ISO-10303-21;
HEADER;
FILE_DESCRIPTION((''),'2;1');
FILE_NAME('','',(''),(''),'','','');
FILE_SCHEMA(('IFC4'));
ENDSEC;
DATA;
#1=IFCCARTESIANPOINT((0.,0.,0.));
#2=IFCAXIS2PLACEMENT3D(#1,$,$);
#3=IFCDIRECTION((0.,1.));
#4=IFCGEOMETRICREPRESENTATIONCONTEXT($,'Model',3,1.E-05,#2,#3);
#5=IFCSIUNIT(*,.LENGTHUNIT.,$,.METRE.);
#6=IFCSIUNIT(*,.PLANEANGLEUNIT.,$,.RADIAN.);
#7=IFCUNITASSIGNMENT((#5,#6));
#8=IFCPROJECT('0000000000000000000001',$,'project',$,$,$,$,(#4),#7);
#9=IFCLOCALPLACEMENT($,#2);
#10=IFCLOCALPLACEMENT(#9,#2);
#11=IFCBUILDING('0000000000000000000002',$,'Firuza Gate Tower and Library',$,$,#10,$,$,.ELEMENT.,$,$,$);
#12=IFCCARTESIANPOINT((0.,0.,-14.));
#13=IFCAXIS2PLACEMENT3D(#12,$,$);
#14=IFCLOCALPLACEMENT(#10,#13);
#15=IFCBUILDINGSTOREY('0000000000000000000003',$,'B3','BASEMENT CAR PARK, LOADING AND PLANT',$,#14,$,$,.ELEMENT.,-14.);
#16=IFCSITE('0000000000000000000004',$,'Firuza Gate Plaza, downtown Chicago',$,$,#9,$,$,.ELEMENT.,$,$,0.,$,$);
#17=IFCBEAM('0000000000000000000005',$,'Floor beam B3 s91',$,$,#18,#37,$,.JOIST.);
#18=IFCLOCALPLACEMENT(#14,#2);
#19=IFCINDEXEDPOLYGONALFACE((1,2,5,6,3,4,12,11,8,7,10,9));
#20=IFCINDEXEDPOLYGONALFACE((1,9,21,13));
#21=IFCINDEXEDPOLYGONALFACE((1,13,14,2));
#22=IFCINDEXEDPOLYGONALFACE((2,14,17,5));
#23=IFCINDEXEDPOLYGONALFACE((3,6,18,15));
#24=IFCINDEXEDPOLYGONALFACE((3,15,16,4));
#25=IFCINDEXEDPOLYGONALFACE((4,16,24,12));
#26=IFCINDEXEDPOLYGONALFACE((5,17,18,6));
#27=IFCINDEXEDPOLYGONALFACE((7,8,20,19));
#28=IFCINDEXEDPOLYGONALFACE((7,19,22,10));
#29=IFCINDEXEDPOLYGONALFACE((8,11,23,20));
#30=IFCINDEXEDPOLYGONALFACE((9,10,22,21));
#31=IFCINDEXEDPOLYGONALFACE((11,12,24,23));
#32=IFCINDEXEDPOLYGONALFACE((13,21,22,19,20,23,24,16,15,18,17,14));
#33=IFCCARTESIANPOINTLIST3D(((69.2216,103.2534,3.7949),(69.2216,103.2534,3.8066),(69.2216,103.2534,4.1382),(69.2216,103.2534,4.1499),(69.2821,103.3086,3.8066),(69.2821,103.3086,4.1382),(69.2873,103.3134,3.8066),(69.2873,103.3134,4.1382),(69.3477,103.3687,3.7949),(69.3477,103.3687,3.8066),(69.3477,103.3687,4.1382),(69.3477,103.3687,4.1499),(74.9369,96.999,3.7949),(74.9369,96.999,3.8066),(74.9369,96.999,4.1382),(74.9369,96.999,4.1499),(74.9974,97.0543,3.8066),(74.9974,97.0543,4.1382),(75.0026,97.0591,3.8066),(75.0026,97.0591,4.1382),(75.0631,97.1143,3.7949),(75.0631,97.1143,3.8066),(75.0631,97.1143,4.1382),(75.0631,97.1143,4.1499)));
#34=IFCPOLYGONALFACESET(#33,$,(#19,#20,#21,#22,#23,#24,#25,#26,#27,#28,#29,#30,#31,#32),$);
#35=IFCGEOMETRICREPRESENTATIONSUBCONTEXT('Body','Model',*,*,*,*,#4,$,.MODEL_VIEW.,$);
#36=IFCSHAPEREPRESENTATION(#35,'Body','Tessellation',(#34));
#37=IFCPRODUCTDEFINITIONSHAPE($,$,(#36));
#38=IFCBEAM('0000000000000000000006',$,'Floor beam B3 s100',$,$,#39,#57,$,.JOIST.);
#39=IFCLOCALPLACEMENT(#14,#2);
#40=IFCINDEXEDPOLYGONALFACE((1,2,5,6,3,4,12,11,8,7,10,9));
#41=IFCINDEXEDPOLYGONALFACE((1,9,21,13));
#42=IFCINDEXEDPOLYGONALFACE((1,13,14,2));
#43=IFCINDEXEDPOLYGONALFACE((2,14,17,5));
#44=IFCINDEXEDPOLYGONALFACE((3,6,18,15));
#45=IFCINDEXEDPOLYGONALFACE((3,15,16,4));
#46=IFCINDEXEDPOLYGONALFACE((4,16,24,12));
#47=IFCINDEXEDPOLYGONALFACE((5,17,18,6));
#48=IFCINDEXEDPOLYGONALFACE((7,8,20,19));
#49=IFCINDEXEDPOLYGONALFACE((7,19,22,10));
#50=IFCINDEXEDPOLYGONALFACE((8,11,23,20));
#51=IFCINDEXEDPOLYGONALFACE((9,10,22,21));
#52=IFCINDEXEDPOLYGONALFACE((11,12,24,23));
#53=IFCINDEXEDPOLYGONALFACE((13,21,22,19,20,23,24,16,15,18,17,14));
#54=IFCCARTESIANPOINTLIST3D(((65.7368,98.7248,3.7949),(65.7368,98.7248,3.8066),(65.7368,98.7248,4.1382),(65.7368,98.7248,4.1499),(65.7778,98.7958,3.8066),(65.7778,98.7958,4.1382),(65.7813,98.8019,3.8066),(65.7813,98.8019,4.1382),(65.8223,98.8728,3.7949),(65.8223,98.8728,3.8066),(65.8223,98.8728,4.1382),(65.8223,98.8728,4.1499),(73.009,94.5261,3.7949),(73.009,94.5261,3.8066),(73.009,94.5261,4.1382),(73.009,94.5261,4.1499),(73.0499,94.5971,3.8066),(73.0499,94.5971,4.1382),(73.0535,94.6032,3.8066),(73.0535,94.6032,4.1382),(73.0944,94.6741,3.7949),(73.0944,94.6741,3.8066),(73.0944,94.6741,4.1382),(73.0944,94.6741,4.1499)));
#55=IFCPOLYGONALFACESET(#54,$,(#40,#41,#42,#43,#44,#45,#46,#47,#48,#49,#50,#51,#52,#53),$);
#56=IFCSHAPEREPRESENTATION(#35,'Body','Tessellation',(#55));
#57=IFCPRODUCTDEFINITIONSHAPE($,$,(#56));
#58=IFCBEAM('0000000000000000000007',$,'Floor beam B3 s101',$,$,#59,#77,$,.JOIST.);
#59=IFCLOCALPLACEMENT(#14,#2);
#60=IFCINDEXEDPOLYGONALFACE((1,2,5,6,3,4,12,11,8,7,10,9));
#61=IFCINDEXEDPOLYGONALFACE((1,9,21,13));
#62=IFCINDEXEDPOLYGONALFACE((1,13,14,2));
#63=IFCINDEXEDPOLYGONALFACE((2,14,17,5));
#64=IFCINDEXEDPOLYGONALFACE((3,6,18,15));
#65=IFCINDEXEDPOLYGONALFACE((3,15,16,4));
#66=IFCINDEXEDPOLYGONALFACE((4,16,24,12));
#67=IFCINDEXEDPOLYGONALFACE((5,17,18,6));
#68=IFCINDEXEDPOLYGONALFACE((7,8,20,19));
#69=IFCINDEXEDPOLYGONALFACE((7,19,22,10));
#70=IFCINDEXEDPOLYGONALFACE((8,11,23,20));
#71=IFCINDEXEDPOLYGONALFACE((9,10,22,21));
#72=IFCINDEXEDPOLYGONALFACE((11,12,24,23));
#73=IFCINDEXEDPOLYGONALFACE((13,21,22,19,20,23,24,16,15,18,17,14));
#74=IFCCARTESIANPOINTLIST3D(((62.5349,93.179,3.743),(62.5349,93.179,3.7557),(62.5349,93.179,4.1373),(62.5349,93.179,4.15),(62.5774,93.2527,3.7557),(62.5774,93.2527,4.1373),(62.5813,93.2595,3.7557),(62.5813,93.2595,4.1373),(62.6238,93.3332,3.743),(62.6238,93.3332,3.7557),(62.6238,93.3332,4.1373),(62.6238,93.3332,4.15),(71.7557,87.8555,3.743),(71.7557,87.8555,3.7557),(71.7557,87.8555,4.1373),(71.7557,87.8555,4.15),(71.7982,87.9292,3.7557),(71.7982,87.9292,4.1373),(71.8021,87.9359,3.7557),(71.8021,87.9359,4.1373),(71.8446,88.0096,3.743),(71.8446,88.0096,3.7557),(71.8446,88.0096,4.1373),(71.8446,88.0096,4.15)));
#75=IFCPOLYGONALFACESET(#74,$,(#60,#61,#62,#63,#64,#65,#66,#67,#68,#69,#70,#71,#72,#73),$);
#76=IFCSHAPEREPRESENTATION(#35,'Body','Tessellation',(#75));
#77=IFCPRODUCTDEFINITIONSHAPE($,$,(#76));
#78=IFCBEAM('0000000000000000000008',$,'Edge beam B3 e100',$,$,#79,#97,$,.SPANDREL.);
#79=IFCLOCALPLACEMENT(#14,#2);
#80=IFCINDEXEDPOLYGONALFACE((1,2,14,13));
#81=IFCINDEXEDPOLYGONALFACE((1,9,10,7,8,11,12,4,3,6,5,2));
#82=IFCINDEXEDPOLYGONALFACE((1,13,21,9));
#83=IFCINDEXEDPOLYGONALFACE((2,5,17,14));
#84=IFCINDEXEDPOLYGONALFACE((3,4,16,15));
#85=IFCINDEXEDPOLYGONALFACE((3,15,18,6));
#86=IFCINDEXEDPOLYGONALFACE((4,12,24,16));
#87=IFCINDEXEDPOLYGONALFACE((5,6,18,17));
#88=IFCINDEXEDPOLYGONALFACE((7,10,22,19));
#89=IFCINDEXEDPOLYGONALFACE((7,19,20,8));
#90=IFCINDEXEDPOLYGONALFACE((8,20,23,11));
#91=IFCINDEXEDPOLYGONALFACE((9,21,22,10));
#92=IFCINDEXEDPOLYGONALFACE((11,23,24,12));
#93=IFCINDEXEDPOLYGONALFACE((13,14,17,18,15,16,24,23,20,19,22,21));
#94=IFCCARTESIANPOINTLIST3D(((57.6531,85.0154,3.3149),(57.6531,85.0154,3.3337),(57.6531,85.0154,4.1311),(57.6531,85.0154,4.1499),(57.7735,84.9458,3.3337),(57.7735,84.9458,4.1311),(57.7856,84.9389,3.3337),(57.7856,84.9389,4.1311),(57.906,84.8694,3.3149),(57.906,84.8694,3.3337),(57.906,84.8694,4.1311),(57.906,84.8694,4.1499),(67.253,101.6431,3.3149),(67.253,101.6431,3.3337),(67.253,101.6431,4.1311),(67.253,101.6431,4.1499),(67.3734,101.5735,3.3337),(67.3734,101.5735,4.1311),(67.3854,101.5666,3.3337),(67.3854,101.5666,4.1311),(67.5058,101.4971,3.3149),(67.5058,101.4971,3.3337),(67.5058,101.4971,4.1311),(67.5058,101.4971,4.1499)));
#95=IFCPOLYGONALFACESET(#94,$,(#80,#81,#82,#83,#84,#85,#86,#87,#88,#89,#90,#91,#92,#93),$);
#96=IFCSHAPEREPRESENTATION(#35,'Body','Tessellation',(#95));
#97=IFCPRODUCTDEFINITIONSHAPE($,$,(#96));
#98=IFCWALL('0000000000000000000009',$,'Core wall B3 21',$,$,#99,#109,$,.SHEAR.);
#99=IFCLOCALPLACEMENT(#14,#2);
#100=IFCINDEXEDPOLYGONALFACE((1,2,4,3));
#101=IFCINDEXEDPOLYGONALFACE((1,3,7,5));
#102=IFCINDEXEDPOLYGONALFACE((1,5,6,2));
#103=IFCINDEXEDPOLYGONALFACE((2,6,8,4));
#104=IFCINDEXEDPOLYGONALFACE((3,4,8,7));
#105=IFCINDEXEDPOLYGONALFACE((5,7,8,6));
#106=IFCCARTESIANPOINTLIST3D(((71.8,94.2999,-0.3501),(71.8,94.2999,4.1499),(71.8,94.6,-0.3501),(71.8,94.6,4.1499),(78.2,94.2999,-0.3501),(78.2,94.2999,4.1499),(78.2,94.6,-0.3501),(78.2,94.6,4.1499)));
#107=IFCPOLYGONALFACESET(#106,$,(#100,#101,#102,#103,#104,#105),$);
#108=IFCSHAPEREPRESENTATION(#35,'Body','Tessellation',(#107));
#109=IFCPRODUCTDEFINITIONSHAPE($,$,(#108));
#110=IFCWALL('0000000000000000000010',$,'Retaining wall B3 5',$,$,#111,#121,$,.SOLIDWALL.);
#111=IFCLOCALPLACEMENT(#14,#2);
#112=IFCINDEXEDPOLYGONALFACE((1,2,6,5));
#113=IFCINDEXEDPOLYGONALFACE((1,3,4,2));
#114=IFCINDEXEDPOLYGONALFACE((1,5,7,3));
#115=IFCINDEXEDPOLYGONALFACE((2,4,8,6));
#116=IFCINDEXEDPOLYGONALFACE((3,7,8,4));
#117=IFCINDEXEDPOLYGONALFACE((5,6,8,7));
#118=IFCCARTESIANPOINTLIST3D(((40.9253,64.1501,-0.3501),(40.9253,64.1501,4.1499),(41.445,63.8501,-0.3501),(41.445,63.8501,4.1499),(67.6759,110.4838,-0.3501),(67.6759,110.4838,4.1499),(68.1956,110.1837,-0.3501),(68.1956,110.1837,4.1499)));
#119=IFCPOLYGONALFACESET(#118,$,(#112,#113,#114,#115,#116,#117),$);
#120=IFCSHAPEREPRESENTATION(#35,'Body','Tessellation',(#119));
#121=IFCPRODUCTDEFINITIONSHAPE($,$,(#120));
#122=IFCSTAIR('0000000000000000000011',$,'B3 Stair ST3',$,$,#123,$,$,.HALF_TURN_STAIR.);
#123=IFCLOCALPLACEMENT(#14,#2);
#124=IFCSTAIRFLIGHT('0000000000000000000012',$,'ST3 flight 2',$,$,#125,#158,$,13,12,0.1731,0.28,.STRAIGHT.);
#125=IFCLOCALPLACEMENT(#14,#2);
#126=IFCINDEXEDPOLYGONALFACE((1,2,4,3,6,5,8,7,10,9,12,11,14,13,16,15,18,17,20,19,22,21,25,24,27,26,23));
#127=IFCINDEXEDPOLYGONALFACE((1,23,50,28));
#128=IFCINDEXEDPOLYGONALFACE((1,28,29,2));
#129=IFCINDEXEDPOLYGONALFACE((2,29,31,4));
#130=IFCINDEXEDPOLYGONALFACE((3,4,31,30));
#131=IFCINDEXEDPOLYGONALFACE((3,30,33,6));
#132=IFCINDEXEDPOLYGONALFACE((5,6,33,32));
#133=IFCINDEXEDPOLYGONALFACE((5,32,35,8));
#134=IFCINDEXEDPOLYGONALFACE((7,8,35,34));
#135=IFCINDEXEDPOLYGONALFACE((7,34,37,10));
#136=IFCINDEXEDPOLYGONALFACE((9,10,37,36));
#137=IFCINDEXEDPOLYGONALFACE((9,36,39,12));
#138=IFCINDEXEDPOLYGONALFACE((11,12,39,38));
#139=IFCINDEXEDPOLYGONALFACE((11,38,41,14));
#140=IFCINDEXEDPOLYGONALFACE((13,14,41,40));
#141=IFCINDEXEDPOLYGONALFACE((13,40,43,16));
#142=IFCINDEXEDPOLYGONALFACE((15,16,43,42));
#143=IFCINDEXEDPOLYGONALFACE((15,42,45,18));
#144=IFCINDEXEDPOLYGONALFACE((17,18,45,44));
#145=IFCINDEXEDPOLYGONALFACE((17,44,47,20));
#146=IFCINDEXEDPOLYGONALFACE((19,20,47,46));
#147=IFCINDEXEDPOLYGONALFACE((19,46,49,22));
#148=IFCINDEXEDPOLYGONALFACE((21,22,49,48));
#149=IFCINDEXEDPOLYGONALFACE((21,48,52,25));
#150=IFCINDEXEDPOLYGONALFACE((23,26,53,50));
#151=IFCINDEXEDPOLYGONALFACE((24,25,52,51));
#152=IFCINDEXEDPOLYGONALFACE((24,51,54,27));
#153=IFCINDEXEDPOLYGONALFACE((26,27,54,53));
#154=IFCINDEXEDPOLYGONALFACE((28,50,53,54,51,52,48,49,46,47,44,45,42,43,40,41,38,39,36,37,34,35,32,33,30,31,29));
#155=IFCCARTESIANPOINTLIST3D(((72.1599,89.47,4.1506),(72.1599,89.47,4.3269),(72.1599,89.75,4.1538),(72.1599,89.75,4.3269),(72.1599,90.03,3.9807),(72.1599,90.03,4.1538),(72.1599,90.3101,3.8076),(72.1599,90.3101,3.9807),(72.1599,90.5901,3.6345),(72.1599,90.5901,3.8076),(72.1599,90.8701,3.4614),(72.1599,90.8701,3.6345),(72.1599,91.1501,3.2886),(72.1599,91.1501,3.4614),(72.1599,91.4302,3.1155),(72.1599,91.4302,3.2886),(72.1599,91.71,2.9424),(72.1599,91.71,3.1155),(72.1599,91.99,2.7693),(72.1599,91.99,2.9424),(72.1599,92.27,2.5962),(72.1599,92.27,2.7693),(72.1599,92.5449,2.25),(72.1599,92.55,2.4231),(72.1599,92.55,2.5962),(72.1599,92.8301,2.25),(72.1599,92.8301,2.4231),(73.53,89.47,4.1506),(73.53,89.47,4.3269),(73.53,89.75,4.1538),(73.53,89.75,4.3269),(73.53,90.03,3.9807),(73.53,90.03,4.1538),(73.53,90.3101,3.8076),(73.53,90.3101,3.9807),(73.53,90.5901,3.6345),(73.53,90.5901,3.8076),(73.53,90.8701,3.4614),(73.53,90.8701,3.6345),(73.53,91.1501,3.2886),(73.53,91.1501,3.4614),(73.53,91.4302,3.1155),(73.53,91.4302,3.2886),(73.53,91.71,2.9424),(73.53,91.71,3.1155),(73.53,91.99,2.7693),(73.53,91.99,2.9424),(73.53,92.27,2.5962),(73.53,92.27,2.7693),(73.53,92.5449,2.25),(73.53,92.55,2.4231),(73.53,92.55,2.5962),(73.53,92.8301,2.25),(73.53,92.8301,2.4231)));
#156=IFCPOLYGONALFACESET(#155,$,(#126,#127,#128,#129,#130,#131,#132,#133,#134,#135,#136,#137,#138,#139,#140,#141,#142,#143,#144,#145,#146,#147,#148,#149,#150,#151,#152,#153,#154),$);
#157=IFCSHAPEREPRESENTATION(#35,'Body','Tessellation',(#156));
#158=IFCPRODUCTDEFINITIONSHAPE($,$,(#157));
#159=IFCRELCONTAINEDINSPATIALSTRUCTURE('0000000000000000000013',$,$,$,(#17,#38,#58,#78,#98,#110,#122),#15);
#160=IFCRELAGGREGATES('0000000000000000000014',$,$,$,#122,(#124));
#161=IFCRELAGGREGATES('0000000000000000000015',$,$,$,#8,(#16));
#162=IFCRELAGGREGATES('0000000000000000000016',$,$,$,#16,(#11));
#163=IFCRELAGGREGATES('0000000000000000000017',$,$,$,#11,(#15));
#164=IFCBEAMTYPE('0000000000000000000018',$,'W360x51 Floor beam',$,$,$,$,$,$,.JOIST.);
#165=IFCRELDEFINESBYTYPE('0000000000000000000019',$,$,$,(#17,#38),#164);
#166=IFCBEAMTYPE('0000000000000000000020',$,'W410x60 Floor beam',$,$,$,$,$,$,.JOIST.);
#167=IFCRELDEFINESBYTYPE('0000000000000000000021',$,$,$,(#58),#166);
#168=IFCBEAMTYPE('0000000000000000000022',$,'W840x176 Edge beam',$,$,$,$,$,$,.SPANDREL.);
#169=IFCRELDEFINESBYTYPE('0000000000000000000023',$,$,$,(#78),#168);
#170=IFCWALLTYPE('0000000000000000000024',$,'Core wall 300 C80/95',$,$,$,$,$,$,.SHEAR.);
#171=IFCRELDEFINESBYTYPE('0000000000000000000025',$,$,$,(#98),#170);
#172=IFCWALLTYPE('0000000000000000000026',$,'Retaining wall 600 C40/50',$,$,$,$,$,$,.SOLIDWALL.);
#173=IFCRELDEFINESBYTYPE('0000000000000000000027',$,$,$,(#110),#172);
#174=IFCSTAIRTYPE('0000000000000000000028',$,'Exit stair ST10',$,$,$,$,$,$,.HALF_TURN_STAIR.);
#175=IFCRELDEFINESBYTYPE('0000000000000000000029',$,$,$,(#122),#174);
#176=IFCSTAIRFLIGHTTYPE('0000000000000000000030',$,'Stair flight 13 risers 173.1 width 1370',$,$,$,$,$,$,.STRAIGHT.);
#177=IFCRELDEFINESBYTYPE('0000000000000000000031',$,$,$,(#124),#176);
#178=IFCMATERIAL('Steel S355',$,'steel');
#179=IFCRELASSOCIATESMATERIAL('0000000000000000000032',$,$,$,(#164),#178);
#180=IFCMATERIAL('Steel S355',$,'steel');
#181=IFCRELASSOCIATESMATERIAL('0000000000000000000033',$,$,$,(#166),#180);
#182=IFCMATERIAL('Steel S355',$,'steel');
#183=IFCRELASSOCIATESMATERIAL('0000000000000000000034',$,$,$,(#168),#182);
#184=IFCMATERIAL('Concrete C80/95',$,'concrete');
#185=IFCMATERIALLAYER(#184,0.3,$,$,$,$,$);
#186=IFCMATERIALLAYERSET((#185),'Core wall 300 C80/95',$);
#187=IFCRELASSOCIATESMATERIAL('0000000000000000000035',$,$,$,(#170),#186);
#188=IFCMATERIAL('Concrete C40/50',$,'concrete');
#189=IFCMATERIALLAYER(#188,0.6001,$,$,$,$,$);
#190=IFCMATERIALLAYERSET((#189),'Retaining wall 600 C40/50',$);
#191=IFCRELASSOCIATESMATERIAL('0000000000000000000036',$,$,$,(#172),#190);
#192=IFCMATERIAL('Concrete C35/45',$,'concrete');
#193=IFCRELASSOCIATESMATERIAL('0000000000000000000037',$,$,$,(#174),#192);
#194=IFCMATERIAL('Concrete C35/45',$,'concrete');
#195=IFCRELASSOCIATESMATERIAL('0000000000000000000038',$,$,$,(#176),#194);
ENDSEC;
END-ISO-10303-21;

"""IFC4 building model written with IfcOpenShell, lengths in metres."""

from ifc_helpers import new_model, si_unit, direction, frame, frame_2d, origin, origin_2d, place, context, subcontext, project, spatial, polyline, rectangle, i_section, outline, extrude, material, layer, layer_set, material_profile, profile_set, type_object, element, aggregate, save


model = new_model("IFC4")

# Units and contexts
model_context = context("Model", 3, precision=1e-05, world=origin(), true_north=direction((0.0, 1.0)))
body_context = subcontext(model_context, "Body", "Model", "MODEL_VIEW")
ifc_project = project(units=[si_unit("LENGTHUNIT", "METRE"), si_unit("PLANEANGLEUNIT", "RADIAN")], contexts=[model_context])

# Site, building, storey
site_placement = place(None, origin())
site = spatial("IfcSite", under=ifc_project, at=site_placement, Name="Firuza Gate Plaza, downtown Chicago", CompositionType="ELEMENT", RefElevation=0.0)
building_placement = place(site_placement, origin())
building = spatial("IfcBuilding", under=site, at=building_placement, Name="Firuza Gate Tower and Library", CompositionType="ELEMENT")
storey_placement = place(building_placement, frame((0.0, 0.0, -14.0)))
storey = spatial("IfcBuildingStorey", under=building, at=storey_placement, Name="B3", Description="BASEMENT CAR PARK, LOADING AND PLANT", CompositionType="ELEMENT", Elevation=-14.0)

# Beams
ifc_material_1 = material(Name="Steel S355", Category="steel")
ifc_material_profile_1 = material_profile(ifc_material_1, i_section(OverallWidth=0.1709, OverallDepth=0.355, WebThickness=0.0071, FlangeThickness=0.0117, at=origin_2d()))
ifc_profile_set_1 = profile_set([ifc_material_profile_1], Name="Steel S355")
beam_type_1 = type_object("IfcBeamType", Name="W360x51 Floor beam", PredefinedType="JOIST", material=ifc_profile_set_1)
beam_1_placement = place(storey_placement, frame((69.2847, 103.311, 3.9724), z_axis=(0.674578, -0.738203, 0.0), x_axis=(0.738203, 0.674578, 0.0)))
element("IfcBeam", 1, at=beam_1_placement, inside=storey, type_object=beam_type_1, Name="Floor beam B3 s91", PredefinedType="JOIST", context=body_context, shape_type="SweptSolid", body=[
    extrude(i_section(OverallWidth=0.1709, OverallDepth=0.355, WebThickness=0.0071, FlangeThickness=0.0117, at=origin_2d()), origin(), (0.0, 0.0, 1.0), 8.4724),
])
beam_2_placement = place(storey_placement, frame((65.7795, 98.7988, 3.9724), z_axis=(0.86602, -0.50001, 0.0), x_axis=(0.50001, 0.86602, 0.0)))
element("IfcBeam", 2, at=beam_2_placement, inside=storey, type_object=beam_type_1, Name="Floor beam B3 s100", PredefinedType="JOIST", context=body_context, shape_type="SweptSolid", body=[
    extrude(i_section(OverallWidth=0.1709, OverallDepth=0.355, WebThickness=0.0071, FlangeThickness=0.0117, at=origin_2d()), origin(), (0.0, 0.0, 1.0), 8.3972),
])
ifc_material_2 = material(Name="Steel S355", Category="steel")
ifc_material_profile_2 = material_profile(ifc_material_2, i_section(OverallWidth=0.178, OverallDepth=0.407, WebThickness=0.0078, FlangeThickness=0.0127, at=origin_2d()))
ifc_profile_set_2 = profile_set([ifc_material_profile_2], Name="Steel S355")
beam_type_2 = type_object("IfcBeamType", Name="W410x60 Floor beam", PredefinedType="JOIST", material=ifc_profile_set_2)
beam_3_placement = place(storey_placement, frame((62.5793, 93.2561, 3.9465), z_axis=(0.866029, -0.499994, 0.0), x_axis=(0.499994, 0.866029, 0.0)))
element("IfcBeam", 3, at=beam_3_placement, inside=storey, type_object=beam_type_2, Name="Floor beam B3 s101", PredefinedType="JOIST", context=body_context, shape_type="SweptSolid", body=[
    extrude(i_section(OverallWidth=0.178, OverallDepth=0.407, WebThickness=0.0078, FlangeThickness=0.0127, at=origin_2d()), origin(), (0.0, 0.0, 1.0), 10.6472),
])
ifc_material_3 = material(Name="Steel S355", Category="steel")
ifc_material_profile_3 = material_profile(ifc_material_3, i_section(OverallWidth=0.292, OverallDepth=0.835, WebThickness=0.0139, FlangeThickness=0.0188, at=origin_2d()))
ifc_profile_set_3 = profile_set([ifc_material_profile_3], Name="Steel S355")
beam_type_3 = type_object("IfcBeamType", Name="W840x176 Edge beam", PredefinedType="SPANDREL", material=ifc_profile_set_3)
beam_4_placement = place(storey_placement, frame((67.3794, 101.5701, 3.7324), z_axis=(-0.499994, -0.866029, 0.0), x_axis=(0.866029, -0.499994, 0.0)))
element("IfcBeam", 4, at=beam_4_placement, inside=storey, type_object=beam_type_3, Name="Edge beam B3 e100", PredefinedType="SPANDREL", context=body_context, shape_type="SweptSolid", body=[
    extrude(i_section(OverallWidth=0.292, OverallDepth=0.835, WebThickness=0.0139, FlangeThickness=0.0188, at=origin_2d()), origin(), (0.0, 0.0, 1.0), 19.2),
])

# Walls
ifc_material_4 = material(Name="Concrete C80/95", Category="concrete")
ifc_layer_1 = layer(ifc_material_4, 0.3)
ifc_layer_set_1 = layer_set([ifc_layer_1], Name="Core wall 300 C80/95")
wall_type_1 = type_object("IfcWallType", Name="Core wall 300 C80/95", PredefinedType="SHEAR", material=ifc_layer_set_1)
wall_1_placement = place(storey_placement, frame((71.8, 94.45, -0.3501), z_axis=(0.0, 0.0, 1.0), x_axis=(1.0, 0.0, 0.0)))
element("IfcWall", 5, at=wall_1_placement, inside=storey, type_object=wall_type_1, Name="Core wall B3 21", PredefinedType="SHEAR", context=body_context, shape_type="SweptSolid", body=[
    extrude(rectangle(XDim=6.3999, YDim=0.3, at=frame_2d((3.2, 0.0))), origin(), (0.0, 0.0, 1.0), 4.5),
])
ifc_material_5 = material(Name="Concrete C40/50", Category="concrete")
ifc_layer_2 = layer(ifc_material_5, 0.6001)
ifc_layer_set_2 = layer_set([ifc_layer_2], Name="Retaining wall 600 C40/50")
wall_type_2 = type_object("IfcWallType", Name="Retaining wall 600 C40/50", PredefinedType="SOLIDWALL", material=ifc_layer_set_2)
wall_2_placement = place(storey_placement, frame((67.9358, 110.3337, -0.3501), z_axis=(0.0, 0.0, 1.0), x_axis=(-0.499999, -0.866026, 0.0)))
element("IfcWall", 6, at=wall_2_placement, inside=storey, type_object=wall_type_2, Name="Retaining wall B3 5", PredefinedType="SOLIDWALL", context=body_context, shape_type="SweptSolid", body=[
    extrude(rectangle(XDim=53.5015, YDim=0.6001, at=frame_2d((26.7507, 0.0))), origin(), (0.0, 0.0, 1.0), 4.5),
])

# Stair, stair flight
ifc_material_6 = material(Name="Concrete C35/45", Category="concrete")
stair_type = type_object("IfcStairType", Name="Exit stair ST10", PredefinedType="HALF_TURN_STAIR", material=ifc_material_6)
stair_placement = place(storey_placement, origin())
stair = element("IfcStair", 7, at=stair_placement, inside=storey, type_object=stair_type, Name="B3 Stair ST3", PredefinedType="HALF_TURN_STAIR")
ifc_material_7 = material(Name="Concrete C35/45", Category="concrete")
stair_flight_type = type_object("IfcStairFlightType", Name="Stair flight 13 risers 173.1 width 1370", PredefinedType="STRAIGHT", material=ifc_material_7)
stair_flight_placement = place(storey_placement, frame((72.845, 92.8301, 2.25), z_axis=(0.0, 0.0, 1.0), x_axis=(0.0, -1.0, 0.0)))
stair_flight = element("IfcStairFlight", 8, at=stair_flight_placement, type_object=stair_flight_type, Name="ST3 flight 2", NumberOfRisers=13, NumberOfTreads=12, PredefinedType="STRAIGHT", RiserHeight=0.1731, TreadLength=0.28, context=body_context, shape_type="SweptSolid", body=[
    extrude(outline(polyline([(0.0, 0.0), (0.0, 0.1731), (0.28, 0.1731), (0.28, 0.3462), (0.5601, 0.3462), (0.5601, 0.5193), (0.8401, 0.5193), (0.8401, 0.6924), (1.1201, 0.6924), (1.1201, 0.8655), (1.3999, 0.8655), (1.3999, 1.0386), (1.6799, 1.0386), (1.6799, 1.2114), (1.96, 1.2114), (1.96, 1.3845), (2.24, 1.3845), (2.24, 1.5576), (2.52, 1.5576), (2.52, 1.7307), (2.8, 1.7307), (2.8, 1.9038), (3.0801, 1.9038), (3.0801, 2.0769), (3.3601, 2.0769), (3.3601, 2.25), (3.3601, 1.9006), (0.2852, 0.0), (0.0, 0.0)])), frame((0.0, 0.6851, 0.0), z_axis=(0.0, -1.0, 0.0), x_axis=(1.0, 0.0, 0.0)), (0.0, 0.0, 1.0), 1.3701),
])
aggregate(stair, [stair_flight])

save(model, "model.ifc")
